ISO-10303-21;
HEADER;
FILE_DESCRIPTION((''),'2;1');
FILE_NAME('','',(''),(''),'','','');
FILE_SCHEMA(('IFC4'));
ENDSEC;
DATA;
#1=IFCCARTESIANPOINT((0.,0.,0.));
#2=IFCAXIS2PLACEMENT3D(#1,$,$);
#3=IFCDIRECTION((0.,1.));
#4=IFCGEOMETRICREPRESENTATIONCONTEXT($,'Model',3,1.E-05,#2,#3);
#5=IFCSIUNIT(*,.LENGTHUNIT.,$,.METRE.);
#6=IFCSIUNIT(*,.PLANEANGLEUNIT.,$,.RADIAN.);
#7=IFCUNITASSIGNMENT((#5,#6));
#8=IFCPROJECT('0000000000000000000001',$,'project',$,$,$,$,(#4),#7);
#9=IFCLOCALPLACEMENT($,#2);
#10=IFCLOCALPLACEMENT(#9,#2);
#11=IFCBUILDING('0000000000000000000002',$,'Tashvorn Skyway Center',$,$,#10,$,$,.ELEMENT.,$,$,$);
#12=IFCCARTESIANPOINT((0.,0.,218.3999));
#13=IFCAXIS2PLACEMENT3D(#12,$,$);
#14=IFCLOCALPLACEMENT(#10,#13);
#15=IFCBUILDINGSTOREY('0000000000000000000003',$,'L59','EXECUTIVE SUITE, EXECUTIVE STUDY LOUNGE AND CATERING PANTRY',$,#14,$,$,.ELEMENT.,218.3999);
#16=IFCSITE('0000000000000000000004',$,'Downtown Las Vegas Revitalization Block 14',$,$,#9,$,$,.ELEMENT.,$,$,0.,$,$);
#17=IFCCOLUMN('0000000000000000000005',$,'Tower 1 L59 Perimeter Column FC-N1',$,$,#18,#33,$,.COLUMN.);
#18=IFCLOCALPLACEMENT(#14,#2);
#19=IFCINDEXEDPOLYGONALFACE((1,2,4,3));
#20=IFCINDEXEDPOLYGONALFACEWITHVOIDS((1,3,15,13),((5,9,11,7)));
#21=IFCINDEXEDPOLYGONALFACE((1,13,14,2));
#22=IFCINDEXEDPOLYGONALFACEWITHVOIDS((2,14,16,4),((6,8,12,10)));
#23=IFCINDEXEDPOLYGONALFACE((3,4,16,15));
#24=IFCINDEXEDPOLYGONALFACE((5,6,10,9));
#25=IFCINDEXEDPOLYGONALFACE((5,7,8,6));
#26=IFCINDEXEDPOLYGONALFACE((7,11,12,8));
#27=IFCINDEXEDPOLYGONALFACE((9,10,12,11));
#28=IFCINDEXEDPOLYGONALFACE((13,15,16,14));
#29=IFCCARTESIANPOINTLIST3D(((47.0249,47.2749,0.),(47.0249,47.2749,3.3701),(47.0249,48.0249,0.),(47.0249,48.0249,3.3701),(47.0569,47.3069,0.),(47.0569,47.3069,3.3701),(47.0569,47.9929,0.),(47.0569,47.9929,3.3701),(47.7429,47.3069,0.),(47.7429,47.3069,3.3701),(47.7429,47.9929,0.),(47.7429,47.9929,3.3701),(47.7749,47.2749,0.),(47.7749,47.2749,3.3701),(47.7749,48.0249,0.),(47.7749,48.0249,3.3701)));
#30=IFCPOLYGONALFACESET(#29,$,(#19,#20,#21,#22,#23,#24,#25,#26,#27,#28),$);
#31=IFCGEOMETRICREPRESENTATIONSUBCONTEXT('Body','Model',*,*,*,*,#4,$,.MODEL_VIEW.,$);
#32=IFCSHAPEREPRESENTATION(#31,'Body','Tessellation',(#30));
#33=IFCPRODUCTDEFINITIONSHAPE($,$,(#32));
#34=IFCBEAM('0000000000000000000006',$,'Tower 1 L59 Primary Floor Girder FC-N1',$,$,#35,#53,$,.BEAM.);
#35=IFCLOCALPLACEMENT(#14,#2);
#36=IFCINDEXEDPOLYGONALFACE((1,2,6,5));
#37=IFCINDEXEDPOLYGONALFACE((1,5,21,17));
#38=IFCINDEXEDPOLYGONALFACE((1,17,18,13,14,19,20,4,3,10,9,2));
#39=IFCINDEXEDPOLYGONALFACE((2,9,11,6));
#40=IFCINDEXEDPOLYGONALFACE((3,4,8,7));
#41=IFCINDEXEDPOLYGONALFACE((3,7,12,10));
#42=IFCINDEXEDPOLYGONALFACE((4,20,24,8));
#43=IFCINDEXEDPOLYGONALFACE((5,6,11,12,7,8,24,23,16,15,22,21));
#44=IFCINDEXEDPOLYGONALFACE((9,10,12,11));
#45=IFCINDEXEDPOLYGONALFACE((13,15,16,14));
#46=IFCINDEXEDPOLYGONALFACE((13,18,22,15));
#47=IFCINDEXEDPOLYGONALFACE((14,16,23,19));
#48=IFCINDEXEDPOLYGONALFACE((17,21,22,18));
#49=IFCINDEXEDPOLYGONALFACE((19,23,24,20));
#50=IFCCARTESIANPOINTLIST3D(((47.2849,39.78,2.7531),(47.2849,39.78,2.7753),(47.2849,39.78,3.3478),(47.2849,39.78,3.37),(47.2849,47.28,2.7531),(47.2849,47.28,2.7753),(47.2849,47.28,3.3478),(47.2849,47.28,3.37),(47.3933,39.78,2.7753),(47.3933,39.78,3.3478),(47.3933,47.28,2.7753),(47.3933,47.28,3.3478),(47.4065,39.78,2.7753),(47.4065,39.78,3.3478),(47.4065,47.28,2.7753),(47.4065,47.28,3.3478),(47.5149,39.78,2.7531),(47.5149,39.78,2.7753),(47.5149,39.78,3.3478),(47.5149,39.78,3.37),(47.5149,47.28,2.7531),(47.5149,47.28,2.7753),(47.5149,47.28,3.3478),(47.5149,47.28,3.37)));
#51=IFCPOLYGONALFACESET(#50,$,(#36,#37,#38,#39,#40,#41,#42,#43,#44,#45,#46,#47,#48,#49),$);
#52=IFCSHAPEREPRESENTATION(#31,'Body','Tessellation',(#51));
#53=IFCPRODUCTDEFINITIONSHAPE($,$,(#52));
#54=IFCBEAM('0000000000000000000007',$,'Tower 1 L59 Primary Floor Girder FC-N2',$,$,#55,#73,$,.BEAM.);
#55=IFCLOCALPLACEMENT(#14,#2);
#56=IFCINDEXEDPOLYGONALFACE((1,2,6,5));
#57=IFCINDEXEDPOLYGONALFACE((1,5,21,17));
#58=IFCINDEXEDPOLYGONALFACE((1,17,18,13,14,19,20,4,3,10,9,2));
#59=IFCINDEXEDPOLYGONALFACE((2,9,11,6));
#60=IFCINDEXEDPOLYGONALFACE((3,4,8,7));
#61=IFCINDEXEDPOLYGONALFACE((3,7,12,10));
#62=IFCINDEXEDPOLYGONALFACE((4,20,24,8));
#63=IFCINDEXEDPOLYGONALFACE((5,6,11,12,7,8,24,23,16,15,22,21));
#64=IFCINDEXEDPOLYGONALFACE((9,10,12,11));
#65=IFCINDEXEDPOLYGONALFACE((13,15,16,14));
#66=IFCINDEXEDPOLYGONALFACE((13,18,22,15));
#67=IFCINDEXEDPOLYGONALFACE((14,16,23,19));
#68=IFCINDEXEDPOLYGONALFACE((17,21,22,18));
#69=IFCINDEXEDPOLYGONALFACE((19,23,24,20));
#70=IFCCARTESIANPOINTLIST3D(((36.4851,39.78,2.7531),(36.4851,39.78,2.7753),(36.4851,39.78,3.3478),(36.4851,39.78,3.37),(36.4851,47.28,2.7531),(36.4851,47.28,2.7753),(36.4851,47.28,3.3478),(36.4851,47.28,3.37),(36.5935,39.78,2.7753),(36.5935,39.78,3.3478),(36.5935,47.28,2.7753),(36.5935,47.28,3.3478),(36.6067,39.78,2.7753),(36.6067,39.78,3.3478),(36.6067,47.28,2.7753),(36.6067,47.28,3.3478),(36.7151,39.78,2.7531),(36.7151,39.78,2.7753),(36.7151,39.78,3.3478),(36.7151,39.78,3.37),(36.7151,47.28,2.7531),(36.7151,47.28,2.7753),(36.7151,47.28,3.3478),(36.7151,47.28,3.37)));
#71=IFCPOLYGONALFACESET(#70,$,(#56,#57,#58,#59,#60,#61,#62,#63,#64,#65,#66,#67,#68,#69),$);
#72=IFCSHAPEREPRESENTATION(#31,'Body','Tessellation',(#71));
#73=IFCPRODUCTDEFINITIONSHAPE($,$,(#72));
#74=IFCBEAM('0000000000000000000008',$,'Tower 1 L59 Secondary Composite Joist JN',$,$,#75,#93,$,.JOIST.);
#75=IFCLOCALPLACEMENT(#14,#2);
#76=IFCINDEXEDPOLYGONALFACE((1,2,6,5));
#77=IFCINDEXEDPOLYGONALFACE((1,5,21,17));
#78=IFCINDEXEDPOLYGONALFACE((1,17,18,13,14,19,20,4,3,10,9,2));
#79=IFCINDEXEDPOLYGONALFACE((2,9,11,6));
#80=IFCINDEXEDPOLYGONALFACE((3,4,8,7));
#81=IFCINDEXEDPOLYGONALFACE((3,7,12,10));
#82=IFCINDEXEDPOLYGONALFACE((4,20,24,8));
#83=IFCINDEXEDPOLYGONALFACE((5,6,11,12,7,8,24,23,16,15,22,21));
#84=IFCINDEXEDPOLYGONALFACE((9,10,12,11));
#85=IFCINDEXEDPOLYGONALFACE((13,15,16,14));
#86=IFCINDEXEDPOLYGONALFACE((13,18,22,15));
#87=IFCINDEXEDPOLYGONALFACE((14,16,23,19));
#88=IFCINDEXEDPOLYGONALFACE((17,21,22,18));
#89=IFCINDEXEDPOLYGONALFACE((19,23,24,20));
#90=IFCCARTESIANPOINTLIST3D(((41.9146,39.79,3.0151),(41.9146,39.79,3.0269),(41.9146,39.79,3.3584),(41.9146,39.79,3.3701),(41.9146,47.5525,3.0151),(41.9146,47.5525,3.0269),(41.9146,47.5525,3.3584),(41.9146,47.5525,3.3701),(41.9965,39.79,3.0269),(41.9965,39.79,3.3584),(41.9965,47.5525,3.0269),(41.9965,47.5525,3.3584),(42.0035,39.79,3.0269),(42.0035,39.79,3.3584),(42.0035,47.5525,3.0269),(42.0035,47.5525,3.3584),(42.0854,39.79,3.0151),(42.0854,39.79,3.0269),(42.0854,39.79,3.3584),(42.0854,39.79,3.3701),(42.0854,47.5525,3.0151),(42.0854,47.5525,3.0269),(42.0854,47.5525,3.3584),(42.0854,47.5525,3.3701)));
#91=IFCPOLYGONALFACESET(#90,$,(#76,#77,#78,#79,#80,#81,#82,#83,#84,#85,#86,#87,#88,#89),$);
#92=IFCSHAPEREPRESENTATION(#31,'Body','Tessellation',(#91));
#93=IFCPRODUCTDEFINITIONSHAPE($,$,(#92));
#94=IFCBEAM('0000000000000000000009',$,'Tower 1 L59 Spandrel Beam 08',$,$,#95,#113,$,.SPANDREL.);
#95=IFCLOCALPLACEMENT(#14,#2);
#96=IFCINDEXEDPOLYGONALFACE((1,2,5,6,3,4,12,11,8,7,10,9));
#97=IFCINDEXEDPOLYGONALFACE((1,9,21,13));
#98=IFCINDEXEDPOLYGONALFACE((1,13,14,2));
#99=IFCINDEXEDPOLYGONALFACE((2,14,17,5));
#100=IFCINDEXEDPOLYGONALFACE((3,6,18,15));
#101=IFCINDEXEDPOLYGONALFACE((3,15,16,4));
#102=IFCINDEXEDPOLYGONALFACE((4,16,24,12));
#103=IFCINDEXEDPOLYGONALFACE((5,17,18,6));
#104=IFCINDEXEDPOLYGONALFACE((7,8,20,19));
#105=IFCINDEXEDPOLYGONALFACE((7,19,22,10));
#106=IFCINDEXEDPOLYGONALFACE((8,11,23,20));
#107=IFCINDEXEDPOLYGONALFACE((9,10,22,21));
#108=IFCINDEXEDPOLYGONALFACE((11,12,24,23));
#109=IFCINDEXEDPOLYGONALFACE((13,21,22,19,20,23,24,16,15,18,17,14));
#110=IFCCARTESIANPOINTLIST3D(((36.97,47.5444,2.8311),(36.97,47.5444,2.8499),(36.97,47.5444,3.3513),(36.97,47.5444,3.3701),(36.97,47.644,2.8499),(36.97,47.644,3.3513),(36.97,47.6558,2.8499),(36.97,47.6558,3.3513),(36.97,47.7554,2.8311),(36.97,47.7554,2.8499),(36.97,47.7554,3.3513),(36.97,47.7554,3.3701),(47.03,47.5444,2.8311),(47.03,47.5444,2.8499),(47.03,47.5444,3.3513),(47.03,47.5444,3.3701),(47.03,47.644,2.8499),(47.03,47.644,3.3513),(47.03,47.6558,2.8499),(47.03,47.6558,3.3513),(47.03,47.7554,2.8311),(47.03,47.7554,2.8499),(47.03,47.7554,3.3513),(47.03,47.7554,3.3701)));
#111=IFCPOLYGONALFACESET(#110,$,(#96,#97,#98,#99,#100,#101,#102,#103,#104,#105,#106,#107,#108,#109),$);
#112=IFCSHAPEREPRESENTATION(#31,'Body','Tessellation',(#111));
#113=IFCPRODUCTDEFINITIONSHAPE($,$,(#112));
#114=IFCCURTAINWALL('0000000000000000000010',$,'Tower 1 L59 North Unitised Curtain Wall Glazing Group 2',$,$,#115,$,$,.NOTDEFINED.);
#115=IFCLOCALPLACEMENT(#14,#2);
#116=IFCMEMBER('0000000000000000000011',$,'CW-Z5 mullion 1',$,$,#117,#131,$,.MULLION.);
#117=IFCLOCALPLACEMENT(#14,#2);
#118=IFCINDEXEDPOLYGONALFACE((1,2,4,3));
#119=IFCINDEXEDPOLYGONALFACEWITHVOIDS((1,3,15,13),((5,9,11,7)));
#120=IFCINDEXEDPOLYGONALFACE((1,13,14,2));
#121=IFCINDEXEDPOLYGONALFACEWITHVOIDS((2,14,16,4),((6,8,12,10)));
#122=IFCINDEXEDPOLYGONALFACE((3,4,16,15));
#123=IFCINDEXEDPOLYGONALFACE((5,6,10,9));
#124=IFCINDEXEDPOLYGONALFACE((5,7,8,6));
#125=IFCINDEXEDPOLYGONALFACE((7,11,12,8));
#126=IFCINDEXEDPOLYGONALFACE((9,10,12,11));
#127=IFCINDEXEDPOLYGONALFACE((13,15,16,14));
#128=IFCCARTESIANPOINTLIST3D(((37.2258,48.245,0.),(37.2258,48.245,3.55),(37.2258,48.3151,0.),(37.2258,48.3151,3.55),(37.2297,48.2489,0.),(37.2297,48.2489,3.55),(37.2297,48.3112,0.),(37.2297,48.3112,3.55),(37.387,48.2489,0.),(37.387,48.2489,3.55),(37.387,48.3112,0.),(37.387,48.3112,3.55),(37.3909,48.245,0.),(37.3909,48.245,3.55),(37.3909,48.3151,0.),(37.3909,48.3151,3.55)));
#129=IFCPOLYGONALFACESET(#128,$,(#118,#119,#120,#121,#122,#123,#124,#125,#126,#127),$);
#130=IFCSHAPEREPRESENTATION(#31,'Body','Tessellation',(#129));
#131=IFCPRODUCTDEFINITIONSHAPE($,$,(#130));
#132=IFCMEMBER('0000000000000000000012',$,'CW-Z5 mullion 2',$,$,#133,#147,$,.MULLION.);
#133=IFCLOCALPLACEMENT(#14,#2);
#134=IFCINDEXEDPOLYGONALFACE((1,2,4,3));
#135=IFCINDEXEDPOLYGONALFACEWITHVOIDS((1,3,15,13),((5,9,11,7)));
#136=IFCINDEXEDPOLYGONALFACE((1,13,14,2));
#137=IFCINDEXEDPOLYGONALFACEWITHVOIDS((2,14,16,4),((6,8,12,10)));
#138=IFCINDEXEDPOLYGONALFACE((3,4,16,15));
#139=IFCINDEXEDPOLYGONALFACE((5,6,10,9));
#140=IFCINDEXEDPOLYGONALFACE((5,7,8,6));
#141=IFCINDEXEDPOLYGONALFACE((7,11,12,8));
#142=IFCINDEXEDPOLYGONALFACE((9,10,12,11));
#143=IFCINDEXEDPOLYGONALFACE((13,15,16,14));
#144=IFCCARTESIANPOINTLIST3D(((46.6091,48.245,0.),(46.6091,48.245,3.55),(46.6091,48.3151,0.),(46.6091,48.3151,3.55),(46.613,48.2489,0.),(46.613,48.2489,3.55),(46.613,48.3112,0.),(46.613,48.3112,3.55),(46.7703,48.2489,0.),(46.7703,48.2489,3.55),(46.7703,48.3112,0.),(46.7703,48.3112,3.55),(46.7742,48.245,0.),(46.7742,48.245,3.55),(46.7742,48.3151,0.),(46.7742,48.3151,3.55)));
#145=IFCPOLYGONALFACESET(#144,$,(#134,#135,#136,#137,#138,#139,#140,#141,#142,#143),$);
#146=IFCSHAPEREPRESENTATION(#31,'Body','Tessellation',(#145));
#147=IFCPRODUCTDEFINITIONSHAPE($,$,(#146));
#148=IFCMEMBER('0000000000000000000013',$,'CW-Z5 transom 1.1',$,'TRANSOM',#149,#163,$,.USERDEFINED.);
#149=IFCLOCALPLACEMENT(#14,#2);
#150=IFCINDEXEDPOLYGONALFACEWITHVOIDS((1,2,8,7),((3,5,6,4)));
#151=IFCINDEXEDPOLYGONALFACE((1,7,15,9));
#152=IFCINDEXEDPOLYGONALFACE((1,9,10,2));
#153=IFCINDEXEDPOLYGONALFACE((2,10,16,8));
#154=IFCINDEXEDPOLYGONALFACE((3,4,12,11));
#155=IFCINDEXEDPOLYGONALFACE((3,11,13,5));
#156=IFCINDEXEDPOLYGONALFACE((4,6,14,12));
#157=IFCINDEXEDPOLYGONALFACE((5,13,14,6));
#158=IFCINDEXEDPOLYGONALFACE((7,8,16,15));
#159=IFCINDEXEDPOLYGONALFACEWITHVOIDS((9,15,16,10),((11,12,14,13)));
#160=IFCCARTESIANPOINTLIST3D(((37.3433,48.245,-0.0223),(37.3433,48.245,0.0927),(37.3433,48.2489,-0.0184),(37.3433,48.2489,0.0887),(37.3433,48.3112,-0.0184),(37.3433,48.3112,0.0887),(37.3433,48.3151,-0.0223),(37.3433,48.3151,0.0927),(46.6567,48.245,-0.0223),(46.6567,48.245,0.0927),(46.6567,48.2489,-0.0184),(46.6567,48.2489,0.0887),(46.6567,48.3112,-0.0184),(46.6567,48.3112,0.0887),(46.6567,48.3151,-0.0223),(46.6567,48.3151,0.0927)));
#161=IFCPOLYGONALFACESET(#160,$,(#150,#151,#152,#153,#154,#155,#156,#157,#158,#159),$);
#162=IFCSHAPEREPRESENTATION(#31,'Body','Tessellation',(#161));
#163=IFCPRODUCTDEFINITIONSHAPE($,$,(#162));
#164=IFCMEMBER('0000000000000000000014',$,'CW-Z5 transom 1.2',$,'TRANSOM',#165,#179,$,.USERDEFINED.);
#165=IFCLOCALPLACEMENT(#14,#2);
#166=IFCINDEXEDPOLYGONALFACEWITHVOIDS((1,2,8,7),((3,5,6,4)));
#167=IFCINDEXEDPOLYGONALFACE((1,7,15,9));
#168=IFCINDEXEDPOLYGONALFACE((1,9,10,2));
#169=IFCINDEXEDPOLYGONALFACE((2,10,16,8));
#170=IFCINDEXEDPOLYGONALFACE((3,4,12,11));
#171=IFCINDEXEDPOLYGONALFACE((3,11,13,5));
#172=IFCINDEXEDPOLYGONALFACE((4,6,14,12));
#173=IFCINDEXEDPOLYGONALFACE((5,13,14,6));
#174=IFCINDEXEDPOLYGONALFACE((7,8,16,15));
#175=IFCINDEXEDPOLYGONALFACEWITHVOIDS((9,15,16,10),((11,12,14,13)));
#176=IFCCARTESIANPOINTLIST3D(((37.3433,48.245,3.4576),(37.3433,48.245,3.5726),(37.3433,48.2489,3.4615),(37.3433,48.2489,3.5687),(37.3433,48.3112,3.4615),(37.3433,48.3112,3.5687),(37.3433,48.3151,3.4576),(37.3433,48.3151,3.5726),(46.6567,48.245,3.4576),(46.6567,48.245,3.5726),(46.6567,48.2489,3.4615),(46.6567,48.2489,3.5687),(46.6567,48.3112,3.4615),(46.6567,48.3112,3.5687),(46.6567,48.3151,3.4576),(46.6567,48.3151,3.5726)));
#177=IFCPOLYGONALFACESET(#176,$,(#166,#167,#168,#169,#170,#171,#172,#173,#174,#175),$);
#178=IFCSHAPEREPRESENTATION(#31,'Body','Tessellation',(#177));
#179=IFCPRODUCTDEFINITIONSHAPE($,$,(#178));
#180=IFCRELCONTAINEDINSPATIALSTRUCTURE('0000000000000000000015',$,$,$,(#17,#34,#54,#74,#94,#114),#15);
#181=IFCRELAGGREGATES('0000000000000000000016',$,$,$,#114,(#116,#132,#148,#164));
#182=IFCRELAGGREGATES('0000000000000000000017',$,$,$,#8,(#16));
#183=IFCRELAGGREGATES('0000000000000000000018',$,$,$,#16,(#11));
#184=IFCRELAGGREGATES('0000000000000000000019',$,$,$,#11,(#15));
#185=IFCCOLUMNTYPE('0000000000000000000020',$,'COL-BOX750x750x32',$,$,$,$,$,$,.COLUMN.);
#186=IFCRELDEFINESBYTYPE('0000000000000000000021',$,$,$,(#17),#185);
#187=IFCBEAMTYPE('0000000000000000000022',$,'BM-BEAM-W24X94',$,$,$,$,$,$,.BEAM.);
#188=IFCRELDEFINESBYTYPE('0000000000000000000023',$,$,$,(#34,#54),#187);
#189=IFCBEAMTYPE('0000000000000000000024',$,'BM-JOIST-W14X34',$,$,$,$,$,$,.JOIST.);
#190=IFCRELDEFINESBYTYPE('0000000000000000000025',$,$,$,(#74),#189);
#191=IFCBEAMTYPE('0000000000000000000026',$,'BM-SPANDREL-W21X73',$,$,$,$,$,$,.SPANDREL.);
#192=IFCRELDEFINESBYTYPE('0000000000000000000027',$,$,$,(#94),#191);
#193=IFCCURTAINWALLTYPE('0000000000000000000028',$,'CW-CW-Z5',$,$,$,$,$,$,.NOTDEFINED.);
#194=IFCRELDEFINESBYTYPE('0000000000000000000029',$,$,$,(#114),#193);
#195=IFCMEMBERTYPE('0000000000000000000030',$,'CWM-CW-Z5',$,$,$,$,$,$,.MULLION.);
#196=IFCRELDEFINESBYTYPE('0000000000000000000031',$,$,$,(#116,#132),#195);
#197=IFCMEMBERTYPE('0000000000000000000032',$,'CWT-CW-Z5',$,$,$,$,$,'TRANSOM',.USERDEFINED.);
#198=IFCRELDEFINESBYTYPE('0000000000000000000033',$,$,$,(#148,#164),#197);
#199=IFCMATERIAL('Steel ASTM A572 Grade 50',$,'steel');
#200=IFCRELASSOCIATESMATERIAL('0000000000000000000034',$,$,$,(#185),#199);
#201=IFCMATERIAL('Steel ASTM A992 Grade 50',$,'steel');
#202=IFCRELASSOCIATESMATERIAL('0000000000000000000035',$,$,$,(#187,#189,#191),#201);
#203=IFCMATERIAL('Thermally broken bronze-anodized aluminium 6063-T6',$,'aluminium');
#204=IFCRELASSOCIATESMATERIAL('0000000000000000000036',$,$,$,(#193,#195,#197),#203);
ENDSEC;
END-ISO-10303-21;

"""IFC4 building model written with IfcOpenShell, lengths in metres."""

from ifc_helpers import new_model, si_unit, direction, frame, origin, origin_2d, place, context, subcontext, project, spatial, hollow_rectangle, i_section, extrude, material, material_profile, profile_set, type_object, element, aggregate, save


model = new_model("IFC4")

# Units and contexts
model_context = context("Model", 3, precision=1e-05, world=origin(), true_north=direction((0.0, 1.0)))
body_context = subcontext(model_context, "Body", "Model", "MODEL_VIEW")
ifc_project = project(units=[si_unit("LENGTHUNIT", "METRE"), si_unit("PLANEANGLEUNIT", "RADIAN")], contexts=[model_context])

# Site, building, storey
site_placement = place(None, origin())
site = spatial("IfcSite", under=ifc_project, at=site_placement, Name="Downtown Las Vegas Revitalization Block 14", CompositionType="ELEMENT", RefElevation=0.0)
building_placement = place(site_placement, origin())
building = spatial("IfcBuilding", under=site, at=building_placement, Name="Tashvorn Skyway Center", CompositionType="ELEMENT")
storey_placement = place(building_placement, frame((0.0, 0.0, 218.3999)))
storey = spatial("IfcBuildingStorey", under=building, at=storey_placement, Name="L59", Description="EXECUTIVE SUITE, EXECUTIVE STUDY LOUNGE AND CATERING PANTRY", CompositionType="ELEMENT", Elevation=218.3999)

# Column
ifc_material_1 = material(Name="Steel ASTM A572 Grade 50", Category="steel")
ifc_material_profile_1 = material_profile(ifc_material_1, hollow_rectangle(XDim=0.75, YDim=0.75, WallThickness=0.032, at=origin_2d()), Name="BOX750x750x32")
ifc_profile_set_1 = profile_set([ifc_material_profile_1], Name="Steel ASTM A572 Grade 50")
column_type = type_object("IfcColumnType", Name="COL-BOX750x750x32", PredefinedType="COLUMN", material=ifc_profile_set_1)
column_placement = place(storey_placement, frame((47.3999, 47.6499, 0.0), z_axis=(0.0, 0.0, 1.0), x_axis=(1.0, 0.0, 0.0)))
element("IfcColumn", 1, at=column_placement, inside=storey, type_object=column_type, Name="Tower 1 L59 Perimeter Column FC-N1", PredefinedType="COLUMN", context=body_context, shape_type="SweptSolid", body=[
    extrude(hollow_rectangle(XDim=0.75, YDim=0.75, WallThickness=0.032, at=origin_2d()), origin(), (0.0, 0.0, 1.0), 3.3701),
])

# Beams
ifc_material_2 = material(Name="Steel ASTM A992 Grade 50", Category="steel")
ifc_material_profile_2 = material_profile(ifc_material_2, i_section(OverallWidth=0.23, OverallDepth=0.6169, WebThickness=0.0132, FlangeThickness=0.0222, at=origin_2d()), Name="W24X94")
ifc_profile_set_2 = profile_set([ifc_material_profile_2], Name="Steel ASTM A992 Grade 50")
beam_type_1 = type_object("IfcBeamType", Name="BM-BEAM-W24X94", PredefinedType="BEAM", material=ifc_profile_set_2)
for number, where, z_axis, x_axis, name in (
    (2, (47.3999, 47.28, 3.0615), (0.0, -1.0, 0.0), (1.0, 0.0, 0.0), "Tower 1 L59 Primary Floor Girder FC-N1"),
    (3, (36.6001, 47.28, 3.0615), (0.0, -1.0, 0.0), (1.0, 0.0, 0.0), "Tower 1 L59 Primary Floor Girder FC-N2"),
):
    element("IfcBeam", number, at=place(storey_placement, frame(where, z_axis=z_axis, x_axis=x_axis)), inside=storey, type_object=beam_type_1, Name=name, PredefinedType="BEAM", context=body_context, shape_type="SweptSolid", body=[
        extrude(i_section(OverallWidth=0.23, OverallDepth=0.6169, WebThickness=0.0132, FlangeThickness=0.0222, at=origin_2d()), origin(), (0.0, 0.0, 1.0), 7.5),
    ])
ifc_material_profile_3 = material_profile(ifc_material_2, i_section(OverallWidth=0.1709, OverallDepth=0.355, WebThickness=0.0071, FlangeThickness=0.0117, at=origin_2d()), Name="W14X34")
ifc_profile_set_3 = profile_set([ifc_material_profile_3], Name="Steel ASTM A992 Grade 50")
beam_type_2 = type_object("IfcBeamType", Name="BM-JOIST-W14X34", PredefinedType="JOIST", material=ifc_profile_set_3)
beam_1_placement = place(storey_placement, frame((42.0, 39.79, 3.1926), z_axis=(0.0, 1.0, 0.0), x_axis=(-1.0, 0.0, 0.0)))
element("IfcBeam", 4, at=beam_1_placement, inside=storey, type_object=beam_type_2, Name="Tower 1 L59 Secondary Composite Joist JN", PredefinedType="JOIST", context=body_context, shape_type="SweptSolid", body=[
    extrude(i_section(OverallWidth=0.1709, OverallDepth=0.355, WebThickness=0.0071, FlangeThickness=0.0117, at=origin_2d()), origin(), (0.0, 0.0, 1.0), 7.7625),
])
ifc_material_profile_4 = material_profile(ifc_material_2, i_section(OverallWidth=0.2109, OverallDepth=0.5391, WebThickness=0.0117, FlangeThickness=0.0188, at=origin_2d()), Name="W21X73")
ifc_profile_set_4 = profile_set([ifc_material_profile_4], Name="Steel ASTM A992 Grade 50")
beam_type_3 = type_object("IfcBeamType", Name="BM-SPANDREL-W21X73", PredefinedType="SPANDREL", material=ifc_profile_set_4)
beam_2_placement = place(storey_placement, frame((47.03, 47.6499, 3.1006), z_axis=(-1.0, 0.0, 0.0), x_axis=(0.0, -1.0, 0.0)))
element("IfcBeam", 5, at=beam_2_placement, inside=storey, type_object=beam_type_3, Name="Tower 1 L59 Spandrel Beam 08", PredefinedType="SPANDREL", context=body_context, shape_type="SweptSolid", body=[
    extrude(i_section(OverallWidth=0.2109, OverallDepth=0.5391, WebThickness=0.0117, FlangeThickness=0.0188, at=origin_2d()), origin(), (0.0, 0.0, 1.0), 10.0601),
])

# Curtain wall, members
ifc_material_3 = material(Name="Thermally broken bronze-anodized aluminium 6063-T6", Category="aluminium")
curtain_wall_type = type_object("IfcCurtainWallType", Name="CW-CW-Z5", PredefinedType="NOTDEFINED", material=ifc_material_3)
curtain_wall_placement = place(storey_placement, origin())
curtain_wall = element("IfcCurtainWall", 6, at=curtain_wall_placement, inside=storey, type_object=curtain_wall_type, Name="Tower 1 L59 North Unitised Curtain Wall Glazing Group 2", PredefinedType="NOTDEFINED")
ifc_material_profile_5 = material_profile(ifc_material_3, hollow_rectangle(XDim=0.0701, YDim=0.165, WallThickness=0.0039, at=origin_2d()), Name="ALU-MULL-70x165")
ifc_profile_set_5 = profile_set([ifc_material_profile_5], Name="Thermally broken bronze-anodized aluminium 6063-T6")
member_type_1 = type_object("IfcMemberType", Name="CWM-CW-Z5", PredefinedType="MULLION", material=ifc_profile_set_5)
member_1_placement = place(storey_placement, frame((37.3083, 48.28, 0.0), z_axis=(0.0, 0.0, 1.0), x_axis=(0.0, 1.0, 0.0)))
member_1 = element("IfcMember", 7, at=member_1_placement, type_object=member_type_1, Name="CW-Z5 mullion 1", PredefinedType="MULLION", context=body_context, shape_type="SweptSolid", body=[
    extrude(hollow_rectangle(XDim=0.0701, YDim=0.165, WallThickness=0.0039, at=origin_2d()), origin(), (0.0, 0.0, 1.0), 3.55),
])
member_2_placement = place(storey_placement, frame((46.6917, 48.28, 0.0), z_axis=(0.0, 0.0, 1.0), x_axis=(0.0, 1.0, 0.0)))
member_2 = element("IfcMember", 8, at=member_2_placement, type_object=member_type_1, Name="CW-Z5 mullion 2", PredefinedType="MULLION", context=body_context, shape_type="SweptSolid", body=[
    extrude(hollow_rectangle(XDim=0.0701, YDim=0.165, WallThickness=0.0039, at=origin_2d()), origin(), (0.0, 0.0, 1.0), 3.55),
])
ifc_material_profile_6 = material_profile(ifc_material_3, hollow_rectangle(XDim=0.0701, YDim=0.115, WallThickness=0.0039, at=origin_2d()), Name="ALU-TRAN-70x115")
ifc_profile_set_6 = profile_set([ifc_material_profile_6], Name="Thermally broken bronze-anodized aluminium 6063-T6")
member_type_2 = type_object("IfcMemberType", Name="CWT-CW-Z5", ElementType="TRANSOM", PredefinedType="USERDEFINED", material=ifc_profile_set_6)
member_3_placement = place(storey_placement, frame((37.3433, 48.28, 0.0352), z_axis=(1.0, 0.0, 0.0), x_axis=(0.0, 1.0, 0.0)))
member_3 = element("IfcMember", 9, at=member_3_placement, type_object=member_type_2, Name="CW-Z5 transom 1.1", ObjectType="TRANSOM", PredefinedType="USERDEFINED", context=body_context, shape_type="SweptSolid", body=[
    extrude(hollow_rectangle(XDim=0.0701, YDim=0.115, WallThickness=0.0039, at=origin_2d()), origin(), (0.0, 0.0, 1.0), 9.3135),
])
member_4_placement = place(storey_placement, frame((37.3433, 48.28, 3.5151), z_axis=(1.0, 0.0, 0.0), x_axis=(0.0, 1.0, 0.0)))
member_4 = element("IfcMember", 10, at=member_4_placement, type_object=member_type_2, Name="CW-Z5 transom 1.2", ObjectType="TRANSOM", PredefinedType="USERDEFINED", context=body_context, shape_type="SweptSolid", body=[
    extrude(hollow_rectangle(XDim=0.0701, YDim=0.115, WallThickness=0.0039, at=origin_2d()), origin(), (0.0, 0.0, 1.0), 9.3135),
])
aggregate(curtain_wall, [member_1, member_2, member_3, member_4])

save(model, "model.ifc")
